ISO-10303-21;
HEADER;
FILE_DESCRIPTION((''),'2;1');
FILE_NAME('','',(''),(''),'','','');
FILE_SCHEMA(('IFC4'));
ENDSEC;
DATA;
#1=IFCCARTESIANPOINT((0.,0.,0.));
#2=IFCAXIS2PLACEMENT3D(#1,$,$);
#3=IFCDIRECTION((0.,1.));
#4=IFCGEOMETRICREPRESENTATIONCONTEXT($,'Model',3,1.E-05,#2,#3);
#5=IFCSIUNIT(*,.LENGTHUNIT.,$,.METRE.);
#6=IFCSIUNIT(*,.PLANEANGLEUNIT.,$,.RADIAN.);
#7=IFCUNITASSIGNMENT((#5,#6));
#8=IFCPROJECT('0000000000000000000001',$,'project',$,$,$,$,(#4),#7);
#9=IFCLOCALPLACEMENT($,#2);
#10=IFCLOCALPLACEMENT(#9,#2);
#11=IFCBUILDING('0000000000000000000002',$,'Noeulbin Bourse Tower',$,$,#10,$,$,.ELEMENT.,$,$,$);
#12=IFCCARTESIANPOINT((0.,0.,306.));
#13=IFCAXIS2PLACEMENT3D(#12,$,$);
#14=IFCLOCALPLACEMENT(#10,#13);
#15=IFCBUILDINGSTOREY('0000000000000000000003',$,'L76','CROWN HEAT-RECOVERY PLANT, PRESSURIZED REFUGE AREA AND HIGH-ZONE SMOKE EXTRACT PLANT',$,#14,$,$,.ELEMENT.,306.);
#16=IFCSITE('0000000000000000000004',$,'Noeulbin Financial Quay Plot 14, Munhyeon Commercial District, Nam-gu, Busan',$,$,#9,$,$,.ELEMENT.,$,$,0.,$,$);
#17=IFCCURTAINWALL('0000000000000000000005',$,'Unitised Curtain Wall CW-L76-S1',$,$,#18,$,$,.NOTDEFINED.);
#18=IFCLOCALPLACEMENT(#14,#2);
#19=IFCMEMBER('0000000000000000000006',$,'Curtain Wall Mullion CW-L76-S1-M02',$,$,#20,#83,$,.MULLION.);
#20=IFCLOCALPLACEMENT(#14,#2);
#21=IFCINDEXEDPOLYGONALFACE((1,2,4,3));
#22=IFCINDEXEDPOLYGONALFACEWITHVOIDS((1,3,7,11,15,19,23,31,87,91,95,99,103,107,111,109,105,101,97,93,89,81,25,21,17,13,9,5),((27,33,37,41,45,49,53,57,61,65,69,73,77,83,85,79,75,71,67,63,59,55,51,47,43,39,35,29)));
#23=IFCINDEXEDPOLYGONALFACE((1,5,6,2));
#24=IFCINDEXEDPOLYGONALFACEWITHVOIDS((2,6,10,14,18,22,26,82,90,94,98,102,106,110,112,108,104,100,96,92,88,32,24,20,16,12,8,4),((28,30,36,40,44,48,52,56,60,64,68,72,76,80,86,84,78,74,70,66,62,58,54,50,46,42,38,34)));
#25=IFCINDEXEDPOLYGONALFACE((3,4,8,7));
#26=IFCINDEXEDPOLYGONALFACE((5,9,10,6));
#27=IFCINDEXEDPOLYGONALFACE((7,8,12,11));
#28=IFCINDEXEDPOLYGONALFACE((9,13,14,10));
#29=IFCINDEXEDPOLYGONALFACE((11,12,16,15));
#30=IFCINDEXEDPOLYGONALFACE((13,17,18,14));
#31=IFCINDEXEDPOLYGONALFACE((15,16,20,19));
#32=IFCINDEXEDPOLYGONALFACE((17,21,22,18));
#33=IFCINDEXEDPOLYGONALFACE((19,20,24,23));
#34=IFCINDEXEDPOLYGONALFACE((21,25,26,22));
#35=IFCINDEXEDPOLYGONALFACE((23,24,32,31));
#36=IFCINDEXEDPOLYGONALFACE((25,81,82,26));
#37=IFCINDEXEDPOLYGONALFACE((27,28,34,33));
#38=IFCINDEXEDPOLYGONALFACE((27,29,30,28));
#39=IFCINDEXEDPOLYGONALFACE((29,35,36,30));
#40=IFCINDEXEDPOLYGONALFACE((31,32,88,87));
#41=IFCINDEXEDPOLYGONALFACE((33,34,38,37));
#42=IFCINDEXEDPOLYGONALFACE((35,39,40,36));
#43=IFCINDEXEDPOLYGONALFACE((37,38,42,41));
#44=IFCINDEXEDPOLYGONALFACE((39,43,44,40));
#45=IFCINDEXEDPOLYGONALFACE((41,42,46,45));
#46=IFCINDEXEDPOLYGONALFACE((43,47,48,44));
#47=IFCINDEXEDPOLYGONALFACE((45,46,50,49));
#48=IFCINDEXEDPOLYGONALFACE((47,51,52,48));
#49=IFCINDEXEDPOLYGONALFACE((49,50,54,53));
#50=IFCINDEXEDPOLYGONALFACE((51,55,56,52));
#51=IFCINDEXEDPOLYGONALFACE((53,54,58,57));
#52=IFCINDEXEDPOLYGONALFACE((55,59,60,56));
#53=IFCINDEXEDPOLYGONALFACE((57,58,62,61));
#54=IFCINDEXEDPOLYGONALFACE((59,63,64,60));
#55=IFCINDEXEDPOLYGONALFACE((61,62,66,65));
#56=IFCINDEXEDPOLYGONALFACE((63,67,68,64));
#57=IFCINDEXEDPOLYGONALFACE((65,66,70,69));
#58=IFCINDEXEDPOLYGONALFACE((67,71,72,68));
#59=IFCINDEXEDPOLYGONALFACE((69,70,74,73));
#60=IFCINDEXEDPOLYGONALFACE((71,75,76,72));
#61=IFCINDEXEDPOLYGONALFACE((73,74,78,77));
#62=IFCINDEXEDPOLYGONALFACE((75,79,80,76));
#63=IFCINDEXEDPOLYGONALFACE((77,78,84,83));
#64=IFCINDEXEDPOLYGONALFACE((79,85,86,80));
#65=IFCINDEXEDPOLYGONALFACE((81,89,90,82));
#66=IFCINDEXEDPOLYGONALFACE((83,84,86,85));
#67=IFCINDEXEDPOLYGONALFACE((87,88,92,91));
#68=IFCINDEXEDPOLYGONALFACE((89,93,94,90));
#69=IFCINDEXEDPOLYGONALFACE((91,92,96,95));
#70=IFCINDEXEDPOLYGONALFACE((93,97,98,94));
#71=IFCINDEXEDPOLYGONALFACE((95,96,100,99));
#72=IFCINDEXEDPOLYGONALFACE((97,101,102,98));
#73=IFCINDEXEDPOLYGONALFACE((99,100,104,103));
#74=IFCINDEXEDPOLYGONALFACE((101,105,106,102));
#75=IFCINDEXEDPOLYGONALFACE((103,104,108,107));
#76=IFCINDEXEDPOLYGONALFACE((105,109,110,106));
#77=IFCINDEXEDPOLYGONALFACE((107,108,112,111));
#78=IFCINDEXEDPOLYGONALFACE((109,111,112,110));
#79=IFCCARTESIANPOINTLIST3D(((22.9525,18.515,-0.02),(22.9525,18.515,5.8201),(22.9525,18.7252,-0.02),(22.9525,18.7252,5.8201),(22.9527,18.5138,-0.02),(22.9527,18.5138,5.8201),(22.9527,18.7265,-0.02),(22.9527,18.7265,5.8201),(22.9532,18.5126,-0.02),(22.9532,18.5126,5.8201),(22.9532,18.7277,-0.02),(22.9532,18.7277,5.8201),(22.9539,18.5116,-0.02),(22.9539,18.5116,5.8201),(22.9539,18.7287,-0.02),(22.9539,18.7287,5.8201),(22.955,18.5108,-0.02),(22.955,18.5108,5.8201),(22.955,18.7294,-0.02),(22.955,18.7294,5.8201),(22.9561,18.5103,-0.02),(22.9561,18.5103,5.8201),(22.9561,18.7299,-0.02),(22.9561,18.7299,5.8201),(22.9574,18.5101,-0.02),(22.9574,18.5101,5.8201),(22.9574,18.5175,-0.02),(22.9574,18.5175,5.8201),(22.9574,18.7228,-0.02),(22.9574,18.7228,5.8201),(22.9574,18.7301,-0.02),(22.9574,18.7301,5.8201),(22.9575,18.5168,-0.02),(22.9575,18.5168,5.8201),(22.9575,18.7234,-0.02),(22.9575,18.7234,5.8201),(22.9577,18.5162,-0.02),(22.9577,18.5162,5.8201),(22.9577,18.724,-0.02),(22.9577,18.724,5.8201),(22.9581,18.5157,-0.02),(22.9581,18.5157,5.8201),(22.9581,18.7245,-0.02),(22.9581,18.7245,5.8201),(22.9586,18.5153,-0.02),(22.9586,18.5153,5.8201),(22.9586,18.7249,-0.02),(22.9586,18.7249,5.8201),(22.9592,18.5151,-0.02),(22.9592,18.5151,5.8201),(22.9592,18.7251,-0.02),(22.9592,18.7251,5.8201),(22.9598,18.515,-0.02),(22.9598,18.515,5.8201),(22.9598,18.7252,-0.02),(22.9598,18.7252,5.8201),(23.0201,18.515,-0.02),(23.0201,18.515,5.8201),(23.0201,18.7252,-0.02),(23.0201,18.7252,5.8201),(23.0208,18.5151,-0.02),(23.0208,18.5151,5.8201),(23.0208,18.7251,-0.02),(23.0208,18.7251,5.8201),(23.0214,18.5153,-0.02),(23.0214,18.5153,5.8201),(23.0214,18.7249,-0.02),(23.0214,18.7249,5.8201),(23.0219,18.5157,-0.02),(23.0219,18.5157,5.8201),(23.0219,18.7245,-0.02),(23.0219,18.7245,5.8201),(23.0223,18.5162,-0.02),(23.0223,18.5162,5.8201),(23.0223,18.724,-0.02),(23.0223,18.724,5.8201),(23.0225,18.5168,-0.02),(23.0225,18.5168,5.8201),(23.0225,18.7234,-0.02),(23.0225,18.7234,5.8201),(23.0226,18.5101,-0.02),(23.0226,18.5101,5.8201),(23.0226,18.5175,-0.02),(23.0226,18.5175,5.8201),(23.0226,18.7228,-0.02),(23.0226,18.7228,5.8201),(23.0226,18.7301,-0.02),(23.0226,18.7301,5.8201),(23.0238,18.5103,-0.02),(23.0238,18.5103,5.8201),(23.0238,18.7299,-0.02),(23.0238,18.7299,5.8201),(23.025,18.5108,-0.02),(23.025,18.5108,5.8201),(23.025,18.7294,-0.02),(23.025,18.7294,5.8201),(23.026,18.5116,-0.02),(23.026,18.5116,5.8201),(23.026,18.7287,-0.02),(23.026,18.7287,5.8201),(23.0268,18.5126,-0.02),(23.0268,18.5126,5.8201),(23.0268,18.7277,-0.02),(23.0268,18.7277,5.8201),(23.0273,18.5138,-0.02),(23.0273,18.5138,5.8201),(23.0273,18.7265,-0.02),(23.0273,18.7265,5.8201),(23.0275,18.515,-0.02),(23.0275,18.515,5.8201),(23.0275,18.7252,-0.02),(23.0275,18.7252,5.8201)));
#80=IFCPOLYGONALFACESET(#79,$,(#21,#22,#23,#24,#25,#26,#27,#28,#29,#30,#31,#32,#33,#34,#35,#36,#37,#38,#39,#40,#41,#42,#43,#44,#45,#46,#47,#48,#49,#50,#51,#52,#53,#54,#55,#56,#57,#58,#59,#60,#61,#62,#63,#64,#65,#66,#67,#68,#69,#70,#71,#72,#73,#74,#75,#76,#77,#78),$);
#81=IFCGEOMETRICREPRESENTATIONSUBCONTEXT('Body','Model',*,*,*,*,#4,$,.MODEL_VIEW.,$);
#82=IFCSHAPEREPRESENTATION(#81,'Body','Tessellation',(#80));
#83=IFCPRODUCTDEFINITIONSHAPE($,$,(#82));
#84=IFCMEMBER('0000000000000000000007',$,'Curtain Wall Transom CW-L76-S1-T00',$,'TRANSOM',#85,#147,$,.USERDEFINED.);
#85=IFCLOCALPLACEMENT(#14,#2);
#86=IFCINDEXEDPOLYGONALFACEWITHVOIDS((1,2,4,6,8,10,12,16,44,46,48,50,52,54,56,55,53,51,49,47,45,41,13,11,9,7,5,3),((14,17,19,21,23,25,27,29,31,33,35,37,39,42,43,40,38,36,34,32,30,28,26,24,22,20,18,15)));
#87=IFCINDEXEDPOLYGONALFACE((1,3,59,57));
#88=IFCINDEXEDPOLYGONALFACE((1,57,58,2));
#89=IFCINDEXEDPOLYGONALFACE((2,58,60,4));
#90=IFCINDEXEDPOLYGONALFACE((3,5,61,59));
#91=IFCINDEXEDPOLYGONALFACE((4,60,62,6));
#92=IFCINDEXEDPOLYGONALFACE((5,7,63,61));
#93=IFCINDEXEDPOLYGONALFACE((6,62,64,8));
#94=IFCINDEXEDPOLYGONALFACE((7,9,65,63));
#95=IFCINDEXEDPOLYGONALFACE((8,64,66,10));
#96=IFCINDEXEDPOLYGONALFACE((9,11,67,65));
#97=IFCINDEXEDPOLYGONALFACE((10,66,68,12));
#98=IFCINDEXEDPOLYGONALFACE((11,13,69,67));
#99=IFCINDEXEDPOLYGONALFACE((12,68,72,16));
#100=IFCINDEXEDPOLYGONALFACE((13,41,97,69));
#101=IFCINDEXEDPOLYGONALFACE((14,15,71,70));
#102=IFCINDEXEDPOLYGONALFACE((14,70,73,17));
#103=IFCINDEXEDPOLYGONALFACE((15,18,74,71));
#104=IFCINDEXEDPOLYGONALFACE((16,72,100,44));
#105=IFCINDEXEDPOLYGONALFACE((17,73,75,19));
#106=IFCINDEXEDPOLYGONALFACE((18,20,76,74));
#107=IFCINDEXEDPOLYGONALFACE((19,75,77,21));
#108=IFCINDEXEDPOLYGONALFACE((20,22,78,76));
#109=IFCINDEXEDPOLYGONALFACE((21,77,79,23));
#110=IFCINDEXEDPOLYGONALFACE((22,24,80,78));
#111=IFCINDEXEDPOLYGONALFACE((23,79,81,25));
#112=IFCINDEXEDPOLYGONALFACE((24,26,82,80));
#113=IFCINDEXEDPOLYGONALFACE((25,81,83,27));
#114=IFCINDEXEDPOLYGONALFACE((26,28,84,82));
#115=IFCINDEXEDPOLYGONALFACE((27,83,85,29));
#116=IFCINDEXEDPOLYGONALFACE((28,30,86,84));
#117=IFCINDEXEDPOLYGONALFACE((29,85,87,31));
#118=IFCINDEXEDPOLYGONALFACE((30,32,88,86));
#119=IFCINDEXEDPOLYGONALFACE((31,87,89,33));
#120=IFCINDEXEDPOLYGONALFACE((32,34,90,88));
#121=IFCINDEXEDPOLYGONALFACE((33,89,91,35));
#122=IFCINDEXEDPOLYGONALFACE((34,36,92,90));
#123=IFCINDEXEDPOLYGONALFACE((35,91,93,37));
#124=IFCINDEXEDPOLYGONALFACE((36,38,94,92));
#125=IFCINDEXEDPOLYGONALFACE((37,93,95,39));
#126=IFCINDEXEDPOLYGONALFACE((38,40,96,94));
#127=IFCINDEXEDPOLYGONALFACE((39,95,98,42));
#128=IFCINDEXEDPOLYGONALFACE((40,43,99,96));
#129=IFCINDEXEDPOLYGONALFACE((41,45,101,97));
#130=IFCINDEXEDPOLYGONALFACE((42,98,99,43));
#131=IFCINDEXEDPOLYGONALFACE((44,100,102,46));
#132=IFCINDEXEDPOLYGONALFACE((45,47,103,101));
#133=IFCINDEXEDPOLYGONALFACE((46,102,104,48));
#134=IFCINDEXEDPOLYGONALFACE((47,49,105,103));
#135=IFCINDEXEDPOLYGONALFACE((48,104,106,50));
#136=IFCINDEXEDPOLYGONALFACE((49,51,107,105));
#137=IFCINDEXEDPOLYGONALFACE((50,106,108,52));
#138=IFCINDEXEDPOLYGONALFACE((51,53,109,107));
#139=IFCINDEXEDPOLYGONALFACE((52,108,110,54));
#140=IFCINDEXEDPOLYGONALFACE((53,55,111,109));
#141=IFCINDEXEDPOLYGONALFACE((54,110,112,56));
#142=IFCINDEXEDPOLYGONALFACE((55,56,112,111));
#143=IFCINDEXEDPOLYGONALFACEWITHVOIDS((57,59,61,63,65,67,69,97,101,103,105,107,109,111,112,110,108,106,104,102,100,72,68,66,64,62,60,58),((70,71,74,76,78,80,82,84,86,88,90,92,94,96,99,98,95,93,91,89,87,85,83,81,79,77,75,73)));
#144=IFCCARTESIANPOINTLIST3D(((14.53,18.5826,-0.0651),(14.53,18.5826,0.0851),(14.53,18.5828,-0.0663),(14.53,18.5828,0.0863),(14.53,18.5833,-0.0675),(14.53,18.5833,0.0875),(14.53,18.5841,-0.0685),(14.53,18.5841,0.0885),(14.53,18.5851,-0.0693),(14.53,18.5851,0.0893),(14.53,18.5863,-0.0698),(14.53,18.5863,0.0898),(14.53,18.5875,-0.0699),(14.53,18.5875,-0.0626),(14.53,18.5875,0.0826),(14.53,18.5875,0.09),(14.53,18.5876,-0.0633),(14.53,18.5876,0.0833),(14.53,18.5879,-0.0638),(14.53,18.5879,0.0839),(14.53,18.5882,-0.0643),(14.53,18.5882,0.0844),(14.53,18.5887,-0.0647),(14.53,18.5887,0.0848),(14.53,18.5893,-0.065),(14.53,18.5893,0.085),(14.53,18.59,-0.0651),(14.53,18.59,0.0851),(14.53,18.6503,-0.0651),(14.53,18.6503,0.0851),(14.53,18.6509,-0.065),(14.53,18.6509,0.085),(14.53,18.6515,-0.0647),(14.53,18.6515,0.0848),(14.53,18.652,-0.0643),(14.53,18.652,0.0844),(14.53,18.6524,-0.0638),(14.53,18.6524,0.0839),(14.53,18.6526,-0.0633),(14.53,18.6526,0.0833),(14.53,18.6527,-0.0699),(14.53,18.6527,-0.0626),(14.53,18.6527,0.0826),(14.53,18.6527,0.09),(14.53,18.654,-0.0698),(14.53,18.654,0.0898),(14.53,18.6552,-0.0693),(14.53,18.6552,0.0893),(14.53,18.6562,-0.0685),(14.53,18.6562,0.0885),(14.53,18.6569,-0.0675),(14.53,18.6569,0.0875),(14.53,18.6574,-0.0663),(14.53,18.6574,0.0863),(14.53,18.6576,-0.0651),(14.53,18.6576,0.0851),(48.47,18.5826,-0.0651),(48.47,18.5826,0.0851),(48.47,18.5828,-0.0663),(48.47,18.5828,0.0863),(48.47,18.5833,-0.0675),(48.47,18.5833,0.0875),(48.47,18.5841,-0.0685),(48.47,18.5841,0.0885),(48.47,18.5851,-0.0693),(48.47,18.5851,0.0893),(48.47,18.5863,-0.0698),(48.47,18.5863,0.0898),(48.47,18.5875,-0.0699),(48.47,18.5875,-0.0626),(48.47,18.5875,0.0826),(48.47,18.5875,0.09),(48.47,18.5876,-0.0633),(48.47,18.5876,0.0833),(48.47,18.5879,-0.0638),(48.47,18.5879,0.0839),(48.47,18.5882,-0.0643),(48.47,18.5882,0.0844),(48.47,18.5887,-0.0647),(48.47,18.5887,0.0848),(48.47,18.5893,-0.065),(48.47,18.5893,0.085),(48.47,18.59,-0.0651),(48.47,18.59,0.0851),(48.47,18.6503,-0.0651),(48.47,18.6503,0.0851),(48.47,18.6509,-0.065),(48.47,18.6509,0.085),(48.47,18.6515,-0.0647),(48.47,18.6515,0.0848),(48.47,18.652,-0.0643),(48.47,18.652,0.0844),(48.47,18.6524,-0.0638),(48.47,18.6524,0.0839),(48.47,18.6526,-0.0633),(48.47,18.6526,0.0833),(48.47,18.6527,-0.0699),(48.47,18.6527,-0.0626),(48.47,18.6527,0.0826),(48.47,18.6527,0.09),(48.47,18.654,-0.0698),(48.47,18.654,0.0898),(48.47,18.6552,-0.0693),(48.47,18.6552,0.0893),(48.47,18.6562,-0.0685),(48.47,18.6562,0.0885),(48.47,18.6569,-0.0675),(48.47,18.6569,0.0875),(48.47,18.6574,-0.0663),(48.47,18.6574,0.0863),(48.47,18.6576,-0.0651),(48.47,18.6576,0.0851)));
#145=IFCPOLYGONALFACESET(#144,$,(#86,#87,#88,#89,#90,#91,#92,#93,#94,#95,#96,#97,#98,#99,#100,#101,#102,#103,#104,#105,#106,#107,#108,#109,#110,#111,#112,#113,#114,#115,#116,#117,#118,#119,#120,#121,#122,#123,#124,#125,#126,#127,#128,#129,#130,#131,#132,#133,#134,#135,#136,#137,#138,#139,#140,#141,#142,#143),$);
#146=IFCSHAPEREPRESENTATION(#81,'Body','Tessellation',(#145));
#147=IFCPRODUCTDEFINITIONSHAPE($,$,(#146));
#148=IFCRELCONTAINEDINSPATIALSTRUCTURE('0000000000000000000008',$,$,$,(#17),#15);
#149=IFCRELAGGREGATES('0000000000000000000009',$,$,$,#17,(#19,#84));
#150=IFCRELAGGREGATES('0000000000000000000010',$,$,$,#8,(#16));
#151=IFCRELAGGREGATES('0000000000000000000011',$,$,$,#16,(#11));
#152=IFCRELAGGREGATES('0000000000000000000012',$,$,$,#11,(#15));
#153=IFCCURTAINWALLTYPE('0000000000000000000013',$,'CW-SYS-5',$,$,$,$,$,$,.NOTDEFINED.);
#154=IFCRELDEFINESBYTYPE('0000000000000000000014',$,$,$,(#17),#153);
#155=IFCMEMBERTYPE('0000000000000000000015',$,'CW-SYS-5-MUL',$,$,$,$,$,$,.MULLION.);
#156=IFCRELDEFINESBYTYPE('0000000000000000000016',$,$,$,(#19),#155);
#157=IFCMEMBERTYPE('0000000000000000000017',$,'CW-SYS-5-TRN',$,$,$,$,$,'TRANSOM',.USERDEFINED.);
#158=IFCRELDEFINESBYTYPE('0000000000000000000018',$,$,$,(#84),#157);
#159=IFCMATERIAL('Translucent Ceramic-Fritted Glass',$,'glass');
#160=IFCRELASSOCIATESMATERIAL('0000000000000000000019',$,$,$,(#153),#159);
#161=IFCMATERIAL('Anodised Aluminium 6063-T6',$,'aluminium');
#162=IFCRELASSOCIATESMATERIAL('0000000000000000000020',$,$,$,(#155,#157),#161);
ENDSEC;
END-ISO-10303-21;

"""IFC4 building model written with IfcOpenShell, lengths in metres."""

from ifc_helpers import new_model, si_unit, direction, frame, origin, origin_2d, place, context, subcontext, project, spatial, hollow_rectangle, extrude, material, material_profile, profile_set, type_object, element, aggregate, save


model = new_model("IFC4")

# Units and contexts
model_context = context("Model", 3, precision=1e-05, world=origin(), true_north=direction((0.0, 1.0)))
body_context = subcontext(model_context, "Body", "Model", "MODEL_VIEW")
ifc_project = project(units=[si_unit("LENGTHUNIT", "METRE"), si_unit("PLANEANGLEUNIT", "RADIAN")], contexts=[model_context])

# Site, building, storey
site_placement = place(None, origin())
site = spatial("IfcSite", under=ifc_project, at=site_placement, Name="Noeulbin Financial Quay Plot 14, Munhyeon Commercial District, Nam-gu, Busan", CompositionType="ELEMENT", RefElevation=0.0)
building_placement = place(site_placement, origin())
building = spatial("IfcBuilding", under=site, at=building_placement, Name="Noeulbin Bourse Tower", CompositionType="ELEMENT")
storey_placement = place(building_placement, frame((0.0, 0.0, 306.0)))
storey = spatial("IfcBuildingStorey", under=building, at=storey_placement, Name="L76", Description="CROWN HEAT-RECOVERY PLANT, PRESSURIZED REFUGE AREA AND HIGH-ZONE SMOKE EXTRACT PLANT", CompositionType="ELEMENT", Elevation=306.0)

# Curtain wall, members
ifc_material_1 = material(Name="Translucent Ceramic-Fritted Glass", Category="glass")
curtain_wall_type = type_object("IfcCurtainWallType", Name="CW-SYS-5", PredefinedType="NOTDEFINED", material=ifc_material_1)
curtain_wall_placement = place(storey_placement, origin())
curtain_wall = element("IfcCurtainWall", 1, at=curtain_wall_placement, inside=storey, type_object=curtain_wall_type, Name="Unitised Curtain Wall CW-L76-S1", PredefinedType="NOTDEFINED")
ifc_material_2 = material(Name="Anodised Aluminium 6063-T6", Category="aluminium")
ifc_material_profile_1 = material_profile(ifc_material_2, hollow_rectangle(XDim=0.075, YDim=0.22, WallThickness=0.0049, InnerFilletRadius=0.0024, OuterFilletRadius=0.0049, at=origin_2d()), Name="ALU-MULL-75x220x5", Category="LoadBearing")
ifc_profile_set_1 = profile_set([ifc_material_profile_1], Name="Anodised Aluminium 6063-T6")
member_type_1 = type_object("IfcMemberType", Name="CW-SYS-5-MUL", PredefinedType="MULLION", material=ifc_profile_set_1)
member_1_placement = place(storey_placement, frame((22.99, 18.6201, -0.02), z_axis=(0.0, 0.0, 1.0), x_axis=(1.0, 0.0, 0.0)))
member_1 = element("IfcMember", 2, at=member_1_placement, type_object=member_type_1, Name="Curtain Wall Mullion CW-L76-S1-M02", PredefinedType="MULLION", context=body_context, shape_type="SweptSolid", body=[
    extrude(hollow_rectangle(XDim=0.075, YDim=0.22, WallThickness=0.0049, InnerFilletRadius=0.0024, OuterFilletRadius=0.0049, at=origin_2d()), origin(), (0.0, 0.0, 1.0), 5.8401),
])
ifc_material_profile_2 = material_profile(ifc_material_2, hollow_rectangle(XDim=0.075, YDim=0.1599, WallThickness=0.0049, InnerFilletRadius=0.0024, OuterFilletRadius=0.0049, at=origin_2d()), Name="ALU-TRAN-75x160x5", Category="LoadBearing")
ifc_profile_set_2 = profile_set([ifc_material_profile_2], Name="Anodised Aluminium 6063-T6")
member_type_2 = type_object("IfcMemberType", Name="CW-SYS-5-TRN", ElementType="TRANSOM", PredefinedType="USERDEFINED", material=ifc_profile_set_2)
member_2_placement = place(storey_placement, frame((14.53, 18.6201, 0.01), z_axis=(1.0, 0.0, 0.0), x_axis=(0.0, 1.0, 0.0)))
member_2 = element("IfcMember", 3, at=member_2_placement, type_object=member_type_2, Name="Curtain Wall Transom CW-L76-S1-T00", ObjectType="TRANSOM", PredefinedType="USERDEFINED", context=body_context, shape_type="SweptSolid", body=[
    extrude(hollow_rectangle(XDim=0.075, YDim=0.1599, WallThickness=0.0049, InnerFilletRadius=0.0024, OuterFilletRadius=0.0049, at=origin_2d()), origin(), (0.0, 0.0, 1.0), 33.9399),
])
aggregate(curtain_wall, [member_1, member_2])

save(model, "model.ifc")
